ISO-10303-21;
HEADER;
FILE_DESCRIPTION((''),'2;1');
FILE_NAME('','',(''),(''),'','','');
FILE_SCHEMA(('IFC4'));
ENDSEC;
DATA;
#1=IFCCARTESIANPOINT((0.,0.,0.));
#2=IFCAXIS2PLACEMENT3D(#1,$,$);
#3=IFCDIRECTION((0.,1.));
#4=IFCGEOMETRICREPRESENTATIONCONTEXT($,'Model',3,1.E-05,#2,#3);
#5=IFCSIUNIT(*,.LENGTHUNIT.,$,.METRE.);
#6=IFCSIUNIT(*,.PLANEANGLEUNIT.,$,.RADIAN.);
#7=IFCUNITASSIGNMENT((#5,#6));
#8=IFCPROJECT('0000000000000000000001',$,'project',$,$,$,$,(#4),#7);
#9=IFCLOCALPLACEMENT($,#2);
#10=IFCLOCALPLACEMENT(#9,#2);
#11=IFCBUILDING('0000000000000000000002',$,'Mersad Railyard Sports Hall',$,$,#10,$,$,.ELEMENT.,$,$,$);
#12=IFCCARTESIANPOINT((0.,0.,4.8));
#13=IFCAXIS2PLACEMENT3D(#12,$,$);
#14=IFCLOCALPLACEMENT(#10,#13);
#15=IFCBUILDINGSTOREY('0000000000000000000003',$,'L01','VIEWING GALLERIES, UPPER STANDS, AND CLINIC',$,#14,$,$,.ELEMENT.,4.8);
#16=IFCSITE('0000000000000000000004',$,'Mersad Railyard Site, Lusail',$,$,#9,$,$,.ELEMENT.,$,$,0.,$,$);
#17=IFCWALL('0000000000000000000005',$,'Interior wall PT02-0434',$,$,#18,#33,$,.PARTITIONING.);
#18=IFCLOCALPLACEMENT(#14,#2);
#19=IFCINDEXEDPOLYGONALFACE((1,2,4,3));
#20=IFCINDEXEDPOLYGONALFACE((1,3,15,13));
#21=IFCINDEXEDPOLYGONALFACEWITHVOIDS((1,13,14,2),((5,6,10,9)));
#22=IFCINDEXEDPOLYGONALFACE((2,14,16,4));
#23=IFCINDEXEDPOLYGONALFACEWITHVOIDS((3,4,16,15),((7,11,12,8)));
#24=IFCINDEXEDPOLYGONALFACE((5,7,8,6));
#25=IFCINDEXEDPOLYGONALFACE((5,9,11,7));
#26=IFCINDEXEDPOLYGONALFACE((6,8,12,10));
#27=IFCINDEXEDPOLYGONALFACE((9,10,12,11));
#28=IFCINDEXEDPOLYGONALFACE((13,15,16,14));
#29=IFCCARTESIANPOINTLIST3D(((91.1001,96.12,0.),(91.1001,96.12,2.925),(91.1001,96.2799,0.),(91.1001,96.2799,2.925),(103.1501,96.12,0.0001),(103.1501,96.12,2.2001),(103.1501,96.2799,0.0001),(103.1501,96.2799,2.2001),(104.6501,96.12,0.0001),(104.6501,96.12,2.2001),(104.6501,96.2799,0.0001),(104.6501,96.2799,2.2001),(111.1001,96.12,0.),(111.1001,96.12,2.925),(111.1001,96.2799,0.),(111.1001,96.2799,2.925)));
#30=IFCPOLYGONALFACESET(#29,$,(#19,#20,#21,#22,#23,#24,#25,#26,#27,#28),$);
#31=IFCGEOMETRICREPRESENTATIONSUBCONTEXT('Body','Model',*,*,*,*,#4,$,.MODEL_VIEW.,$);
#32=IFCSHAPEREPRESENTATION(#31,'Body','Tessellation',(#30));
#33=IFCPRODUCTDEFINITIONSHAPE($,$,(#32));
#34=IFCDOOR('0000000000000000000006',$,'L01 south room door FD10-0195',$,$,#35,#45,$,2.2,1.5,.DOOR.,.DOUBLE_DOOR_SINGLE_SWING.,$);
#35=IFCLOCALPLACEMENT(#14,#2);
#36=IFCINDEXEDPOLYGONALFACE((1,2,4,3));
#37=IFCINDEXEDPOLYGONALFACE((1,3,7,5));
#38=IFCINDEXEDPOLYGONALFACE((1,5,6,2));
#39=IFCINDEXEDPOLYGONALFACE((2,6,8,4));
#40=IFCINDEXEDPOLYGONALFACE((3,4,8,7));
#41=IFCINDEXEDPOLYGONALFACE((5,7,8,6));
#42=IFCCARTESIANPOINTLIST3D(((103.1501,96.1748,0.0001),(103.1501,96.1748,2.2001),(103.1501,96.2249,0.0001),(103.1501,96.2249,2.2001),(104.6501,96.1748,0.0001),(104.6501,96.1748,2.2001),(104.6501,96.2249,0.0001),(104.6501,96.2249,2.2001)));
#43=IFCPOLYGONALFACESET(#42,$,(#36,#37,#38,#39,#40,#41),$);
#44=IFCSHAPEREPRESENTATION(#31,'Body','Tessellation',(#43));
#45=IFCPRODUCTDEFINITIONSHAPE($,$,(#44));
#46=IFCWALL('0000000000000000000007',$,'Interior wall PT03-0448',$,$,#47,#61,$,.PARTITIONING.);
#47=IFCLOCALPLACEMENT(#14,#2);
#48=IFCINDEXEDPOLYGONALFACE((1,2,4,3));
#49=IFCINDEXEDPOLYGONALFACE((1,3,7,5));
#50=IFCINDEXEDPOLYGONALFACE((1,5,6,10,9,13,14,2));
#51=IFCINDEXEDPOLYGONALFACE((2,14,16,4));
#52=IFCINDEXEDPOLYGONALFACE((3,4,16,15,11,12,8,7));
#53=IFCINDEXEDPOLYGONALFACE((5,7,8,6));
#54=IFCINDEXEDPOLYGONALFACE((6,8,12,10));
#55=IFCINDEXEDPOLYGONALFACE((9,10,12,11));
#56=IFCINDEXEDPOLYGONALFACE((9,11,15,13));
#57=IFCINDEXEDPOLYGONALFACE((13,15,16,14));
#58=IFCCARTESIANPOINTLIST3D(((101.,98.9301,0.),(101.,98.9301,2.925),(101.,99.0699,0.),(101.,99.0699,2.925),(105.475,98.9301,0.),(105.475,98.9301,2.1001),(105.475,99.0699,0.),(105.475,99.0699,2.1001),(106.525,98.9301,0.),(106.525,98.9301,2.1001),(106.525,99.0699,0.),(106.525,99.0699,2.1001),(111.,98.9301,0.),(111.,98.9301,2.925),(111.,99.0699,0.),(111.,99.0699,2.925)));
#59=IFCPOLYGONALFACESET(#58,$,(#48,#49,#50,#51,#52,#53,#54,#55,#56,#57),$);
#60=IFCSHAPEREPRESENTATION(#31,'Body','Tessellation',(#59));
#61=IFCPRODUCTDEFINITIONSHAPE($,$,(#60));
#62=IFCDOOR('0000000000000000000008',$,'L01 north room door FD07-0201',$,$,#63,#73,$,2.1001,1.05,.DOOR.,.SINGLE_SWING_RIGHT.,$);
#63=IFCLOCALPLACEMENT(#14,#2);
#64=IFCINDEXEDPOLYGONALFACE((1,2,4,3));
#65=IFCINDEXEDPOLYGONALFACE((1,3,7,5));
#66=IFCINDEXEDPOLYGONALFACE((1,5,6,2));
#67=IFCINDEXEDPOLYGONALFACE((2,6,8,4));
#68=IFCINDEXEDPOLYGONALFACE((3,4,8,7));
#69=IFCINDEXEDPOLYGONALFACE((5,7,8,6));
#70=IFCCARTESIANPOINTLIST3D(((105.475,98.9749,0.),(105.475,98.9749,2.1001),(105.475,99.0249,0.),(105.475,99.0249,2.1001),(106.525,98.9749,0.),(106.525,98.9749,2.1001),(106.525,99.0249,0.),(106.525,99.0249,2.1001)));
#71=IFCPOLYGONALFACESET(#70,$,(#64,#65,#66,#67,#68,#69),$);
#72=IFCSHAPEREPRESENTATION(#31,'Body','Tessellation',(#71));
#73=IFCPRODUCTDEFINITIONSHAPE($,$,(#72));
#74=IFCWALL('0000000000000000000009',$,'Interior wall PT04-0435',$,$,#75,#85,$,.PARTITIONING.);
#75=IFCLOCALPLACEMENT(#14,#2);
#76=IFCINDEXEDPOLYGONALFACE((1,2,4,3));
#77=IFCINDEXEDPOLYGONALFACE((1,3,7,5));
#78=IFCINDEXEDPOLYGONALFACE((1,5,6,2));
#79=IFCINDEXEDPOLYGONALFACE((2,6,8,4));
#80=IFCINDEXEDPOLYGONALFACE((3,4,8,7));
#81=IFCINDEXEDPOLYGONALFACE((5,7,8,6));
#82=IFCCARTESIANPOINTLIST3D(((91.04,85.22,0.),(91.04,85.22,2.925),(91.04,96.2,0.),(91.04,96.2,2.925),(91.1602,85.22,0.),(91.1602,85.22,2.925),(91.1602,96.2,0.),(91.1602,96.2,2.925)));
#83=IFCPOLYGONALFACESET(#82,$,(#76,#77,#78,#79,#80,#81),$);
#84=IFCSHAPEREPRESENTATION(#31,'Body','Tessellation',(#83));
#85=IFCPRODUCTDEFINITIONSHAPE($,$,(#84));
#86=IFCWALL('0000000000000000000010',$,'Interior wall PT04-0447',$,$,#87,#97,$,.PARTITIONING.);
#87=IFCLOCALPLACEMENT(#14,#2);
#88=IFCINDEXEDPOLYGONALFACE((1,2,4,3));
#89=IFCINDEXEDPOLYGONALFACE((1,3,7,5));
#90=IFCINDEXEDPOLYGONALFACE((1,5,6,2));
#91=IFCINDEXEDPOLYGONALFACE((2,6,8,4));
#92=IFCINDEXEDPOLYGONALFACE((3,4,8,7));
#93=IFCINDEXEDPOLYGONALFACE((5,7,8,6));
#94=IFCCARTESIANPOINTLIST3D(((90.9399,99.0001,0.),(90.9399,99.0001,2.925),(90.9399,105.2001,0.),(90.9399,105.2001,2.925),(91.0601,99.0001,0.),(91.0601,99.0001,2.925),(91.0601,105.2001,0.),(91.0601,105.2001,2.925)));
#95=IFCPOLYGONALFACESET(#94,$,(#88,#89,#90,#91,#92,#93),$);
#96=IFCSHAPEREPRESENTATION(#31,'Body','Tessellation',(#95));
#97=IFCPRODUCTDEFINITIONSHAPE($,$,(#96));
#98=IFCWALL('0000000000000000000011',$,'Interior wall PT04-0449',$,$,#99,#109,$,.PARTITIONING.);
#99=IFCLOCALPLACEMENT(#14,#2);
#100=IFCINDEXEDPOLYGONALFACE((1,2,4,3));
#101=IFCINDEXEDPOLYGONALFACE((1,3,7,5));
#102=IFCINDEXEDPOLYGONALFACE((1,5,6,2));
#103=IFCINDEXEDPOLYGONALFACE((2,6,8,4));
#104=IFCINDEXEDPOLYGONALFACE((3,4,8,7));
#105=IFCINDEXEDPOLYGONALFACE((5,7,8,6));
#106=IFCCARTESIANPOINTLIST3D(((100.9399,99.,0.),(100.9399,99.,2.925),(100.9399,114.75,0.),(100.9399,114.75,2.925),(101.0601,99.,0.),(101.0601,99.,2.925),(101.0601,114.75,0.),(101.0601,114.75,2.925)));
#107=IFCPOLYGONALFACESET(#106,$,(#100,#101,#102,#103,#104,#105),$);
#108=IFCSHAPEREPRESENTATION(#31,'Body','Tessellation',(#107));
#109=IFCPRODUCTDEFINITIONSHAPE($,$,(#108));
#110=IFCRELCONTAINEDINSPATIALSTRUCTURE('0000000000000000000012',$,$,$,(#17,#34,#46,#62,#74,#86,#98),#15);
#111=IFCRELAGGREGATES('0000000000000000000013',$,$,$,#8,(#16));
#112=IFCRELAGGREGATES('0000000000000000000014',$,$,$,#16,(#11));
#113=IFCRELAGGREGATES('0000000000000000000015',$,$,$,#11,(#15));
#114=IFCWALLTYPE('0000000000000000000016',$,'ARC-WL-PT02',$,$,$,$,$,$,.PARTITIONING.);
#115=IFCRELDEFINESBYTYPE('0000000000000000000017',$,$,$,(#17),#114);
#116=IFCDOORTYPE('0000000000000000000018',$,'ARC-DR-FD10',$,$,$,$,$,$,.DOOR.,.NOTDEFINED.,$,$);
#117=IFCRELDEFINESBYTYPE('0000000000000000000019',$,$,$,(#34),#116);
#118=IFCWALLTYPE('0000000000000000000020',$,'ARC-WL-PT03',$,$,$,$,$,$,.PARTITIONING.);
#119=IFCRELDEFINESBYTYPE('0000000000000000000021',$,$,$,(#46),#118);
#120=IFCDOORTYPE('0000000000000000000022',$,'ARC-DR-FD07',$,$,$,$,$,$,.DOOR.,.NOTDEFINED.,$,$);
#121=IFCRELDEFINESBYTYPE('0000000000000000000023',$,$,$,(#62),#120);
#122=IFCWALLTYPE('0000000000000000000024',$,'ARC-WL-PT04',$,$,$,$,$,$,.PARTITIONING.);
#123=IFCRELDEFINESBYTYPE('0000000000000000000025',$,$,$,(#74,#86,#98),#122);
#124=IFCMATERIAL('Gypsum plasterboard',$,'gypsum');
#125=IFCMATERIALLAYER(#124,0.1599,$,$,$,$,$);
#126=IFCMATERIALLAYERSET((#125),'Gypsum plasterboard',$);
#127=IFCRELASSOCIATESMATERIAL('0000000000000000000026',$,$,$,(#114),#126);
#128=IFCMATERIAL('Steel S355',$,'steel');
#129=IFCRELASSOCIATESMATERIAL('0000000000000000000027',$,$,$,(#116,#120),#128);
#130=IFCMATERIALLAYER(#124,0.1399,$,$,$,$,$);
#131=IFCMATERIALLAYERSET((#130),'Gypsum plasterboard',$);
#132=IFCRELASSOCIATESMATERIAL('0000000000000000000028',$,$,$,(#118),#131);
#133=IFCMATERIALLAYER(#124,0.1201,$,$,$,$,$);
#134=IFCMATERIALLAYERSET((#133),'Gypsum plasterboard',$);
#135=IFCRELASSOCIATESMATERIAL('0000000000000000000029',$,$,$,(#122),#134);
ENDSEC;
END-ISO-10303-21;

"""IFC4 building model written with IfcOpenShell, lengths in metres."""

from ifc_helpers import new_model, si_unit, direction, frame, frame_2d, origin, place, context, subcontext, project, spatial, rectangle, extrude, material, layer, layer_set, type_object, element, fill, save


model = new_model("IFC4")

# Units and contexts
model_context = context("Model", 3, precision=1e-05, world=origin(), true_north=direction((0.0, 1.0)))
body_context = subcontext(model_context, "Body", "Model", "MODEL_VIEW")
ifc_project = project(units=[si_unit("LENGTHUNIT", "METRE"), si_unit("PLANEANGLEUNIT", "RADIAN")], contexts=[model_context])

# Site, building, storey
site_placement = place(None, origin())
site = spatial("IfcSite", under=ifc_project, at=site_placement, Name="Mersad Railyard Site, Lusail", CompositionType="ELEMENT", RefElevation=0.0)
building_placement = place(site_placement, origin())
building = spatial("IfcBuilding", under=site, at=building_placement, Name="Mersad Railyard Sports Hall", CompositionType="ELEMENT")
storey_placement = place(building_placement, frame((0.0, 0.0, 4.8)))
storey = spatial("IfcBuildingStorey", under=building, at=storey_placement, Name="L01", Description="VIEWING GALLERIES, UPPER STANDS, AND CLINIC", CompositionType="ELEMENT", Elevation=4.8)

# Shared definitions
ifc_material_1 = material(Name="Steel S355", Category="steel")

# Walls, openings, doors
ifc_material_2 = material(Name="Gypsum plasterboard", Category="gypsum")
ifc_layer_1 = layer(ifc_material_2, 0.1599)
ifc_layer_set_1 = layer_set([ifc_layer_1], Name="Gypsum plasterboard")
wall_type_1 = type_object("IfcWallType", Name="ARC-WL-PT02", PredefinedType="PARTITIONING", material=ifc_layer_set_1)
wall_1_placement = place(storey_placement, frame((91.1001, 96.2, 0.0), z_axis=(0.0, 0.0, 1.0), x_axis=(1.0, 0.0, 0.0)))
wall_1 = element("IfcWall", 1, at=wall_1_placement, inside=storey, type_object=wall_type_1, Name="Interior wall PT02-0434", PredefinedType="PARTITIONING", context=body_context, shape_type="SweptSolid", body=[
    extrude(rectangle(XDim=20.0, YDim=0.1599, at=frame_2d((10.0, 0.0))), origin(), (0.0, 0.0, 1.0), 2.925),
])
opening_1_placement = place(wall_1_placement, frame((12.05, 0.0, 0.0)))
opening_1 = element("IfcOpeningElement", 2, at=opening_1_placement, cuts=wall_1, PredefinedType="OPENING", context=body_context, shape_type="SweptSolid", body=[
    extrude(rectangle(XDim=1.5, YDim=2.2, at=frame_2d((0.75, 1.1001))), frame((0.0, 0.0898, 0.0), z_axis=(0.0, -1.0, 0.0), x_axis=(1.0, 0.0, 0.0)), (0.0, 0.0, 1.0), 0.1799),
])
door_type_1 = type_object("IfcDoorType", Name="ARC-DR-FD10", OperationType="NOTDEFINED", PredefinedType="DOOR", material=ifc_material_1)
door_1_placement = place(opening_1_placement, origin())
door_1 = element("IfcDoor", 3, at=door_1_placement, inside=storey, type_object=door_type_1, Name="L01 south room door FD10-0195", OperationType="DOUBLE_DOOR_SINGLE_SWING", OverallHeight=2.2, OverallWidth=1.5, PredefinedType="DOOR", context=body_context, shape_type="SweptSolid", body=[
    extrude(rectangle(XDim=1.5, YDim=2.2, at=frame_2d((0.75, 1.1001))), frame((0.0, 0.0249, 0.0), z_axis=(0.0, -1.0, 0.0), x_axis=(1.0, 0.0, 0.0)), (0.0, 0.0, 1.0), 0.05),
])
fill(opening_1, door_1)
ifc_layer_2 = layer(ifc_material_2, 0.1399)
ifc_layer_set_2 = layer_set([ifc_layer_2], Name="Gypsum plasterboard")
wall_type_2 = type_object("IfcWallType", Name="ARC-WL-PT03", PredefinedType="PARTITIONING", material=ifc_layer_set_2)
wall_2_placement = place(storey_placement, frame((101.0, 99.0, 0.0), z_axis=(0.0, 0.0, 1.0), x_axis=(1.0, 0.0, 0.0)))
wall_2 = element("IfcWall", 4, at=wall_2_placement, inside=storey, type_object=wall_type_2, Name="Interior wall PT03-0448", PredefinedType="PARTITIONING", context=body_context, shape_type="SweptSolid", body=[
    extrude(rectangle(XDim=10.0, YDim=0.1399, at=frame_2d((5.0, 0.0))), origin(), (0.0, 0.0, 1.0), 2.925),
])
opening_2_placement = place(wall_2_placement, frame((4.4751, 0.0, 0.0)))
opening_2 = element("IfcOpeningElement", 5, at=opening_2_placement, cuts=wall_2, PredefinedType="OPENING", context=body_context, shape_type="SweptSolid", body=[
    extrude(rectangle(XDim=1.05, YDim=2.1001, at=frame_2d((0.5249, 1.05))), frame((0.0, 0.0798, 0.0), z_axis=(0.0, -1.0, 0.0), x_axis=(1.0, 0.0, 0.0)), (0.0, 0.0, 1.0), 0.1599),
])
door_type_2 = type_object("IfcDoorType", Name="ARC-DR-FD07", OperationType="NOTDEFINED", PredefinedType="DOOR", material=ifc_material_1)
door_2_placement = place(opening_2_placement, origin())
door_2 = element("IfcDoor", 6, at=door_2_placement, inside=storey, type_object=door_type_2, Name="L01 north room door FD07-0201", OperationType="SINGLE_SWING_RIGHT", OverallHeight=2.1001, OverallWidth=1.05, PredefinedType="DOOR", context=body_context, shape_type="SweptSolid", body=[
    extrude(rectangle(XDim=1.05, YDim=2.1001, at=frame_2d((0.5249, 1.05))), frame((0.0, 0.0249, 0.0), z_axis=(0.0, -1.0, 0.0), x_axis=(1.0, 0.0, 0.0)), (0.0, 0.0, 1.0), 0.05),
])
fill(opening_2, door_2)

# Walls
ifc_layer_3 = layer(ifc_material_2, 0.1201)
ifc_layer_set_3 = layer_set([ifc_layer_3], Name="Gypsum plasterboard")
wall_type_3 = type_object("IfcWallType", Name="ARC-WL-PT04", PredefinedType="PARTITIONING", material=ifc_layer_set_3)
wall_3_placement = place(storey_placement, frame((91.1001, 85.22, 0.0), z_axis=(0.0, 0.0, 1.0), x_axis=(0.0, 1.0, 0.0)))
element("IfcWall", 7, at=wall_3_placement, inside=storey, type_object=wall_type_3, Name="Interior wall PT04-0435", PredefinedType="PARTITIONING", context=body_context, shape_type="SweptSolid", body=[
    extrude(rectangle(XDim=10.98, YDim=0.1201, at=frame_2d((5.49, 0.0))), origin(), (0.0, 0.0, 1.0), 2.925),
])
wall_4_placement = place(storey_placement, frame((91.0, 99.0, 0.0), z_axis=(0.0, 0.0, 1.0), x_axis=(0.0, 1.0, 0.0)))
element("IfcWall", 8, at=wall_4_placement, inside=storey, type_object=wall_type_3, Name="Interior wall PT04-0447", PredefinedType="PARTITIONING", context=body_context, shape_type="SweptSolid", body=[
    extrude(rectangle(XDim=6.2, YDim=0.1201, at=frame_2d((3.1001, 0.0))), origin(), (0.0, 0.0, 1.0), 2.925),
])
wall_5_placement = place(storey_placement, frame((101.0, 99.0, 0.0), z_axis=(0.0, 0.0, 1.0), x_axis=(0.0, 1.0, 0.0)))
element("IfcWall", 9, at=wall_5_placement, inside=storey, type_object=wall_type_3, Name="Interior wall PT04-0449", PredefinedType="PARTITIONING", context=body_context, shape_type="SweptSolid", body=[
    extrude(rectangle(XDim=15.75, YDim=0.1201, at=frame_2d((7.875, 0.0))), origin(), (0.0, 0.0, 1.0), 2.925),
])

save(model, "model.ifc")
